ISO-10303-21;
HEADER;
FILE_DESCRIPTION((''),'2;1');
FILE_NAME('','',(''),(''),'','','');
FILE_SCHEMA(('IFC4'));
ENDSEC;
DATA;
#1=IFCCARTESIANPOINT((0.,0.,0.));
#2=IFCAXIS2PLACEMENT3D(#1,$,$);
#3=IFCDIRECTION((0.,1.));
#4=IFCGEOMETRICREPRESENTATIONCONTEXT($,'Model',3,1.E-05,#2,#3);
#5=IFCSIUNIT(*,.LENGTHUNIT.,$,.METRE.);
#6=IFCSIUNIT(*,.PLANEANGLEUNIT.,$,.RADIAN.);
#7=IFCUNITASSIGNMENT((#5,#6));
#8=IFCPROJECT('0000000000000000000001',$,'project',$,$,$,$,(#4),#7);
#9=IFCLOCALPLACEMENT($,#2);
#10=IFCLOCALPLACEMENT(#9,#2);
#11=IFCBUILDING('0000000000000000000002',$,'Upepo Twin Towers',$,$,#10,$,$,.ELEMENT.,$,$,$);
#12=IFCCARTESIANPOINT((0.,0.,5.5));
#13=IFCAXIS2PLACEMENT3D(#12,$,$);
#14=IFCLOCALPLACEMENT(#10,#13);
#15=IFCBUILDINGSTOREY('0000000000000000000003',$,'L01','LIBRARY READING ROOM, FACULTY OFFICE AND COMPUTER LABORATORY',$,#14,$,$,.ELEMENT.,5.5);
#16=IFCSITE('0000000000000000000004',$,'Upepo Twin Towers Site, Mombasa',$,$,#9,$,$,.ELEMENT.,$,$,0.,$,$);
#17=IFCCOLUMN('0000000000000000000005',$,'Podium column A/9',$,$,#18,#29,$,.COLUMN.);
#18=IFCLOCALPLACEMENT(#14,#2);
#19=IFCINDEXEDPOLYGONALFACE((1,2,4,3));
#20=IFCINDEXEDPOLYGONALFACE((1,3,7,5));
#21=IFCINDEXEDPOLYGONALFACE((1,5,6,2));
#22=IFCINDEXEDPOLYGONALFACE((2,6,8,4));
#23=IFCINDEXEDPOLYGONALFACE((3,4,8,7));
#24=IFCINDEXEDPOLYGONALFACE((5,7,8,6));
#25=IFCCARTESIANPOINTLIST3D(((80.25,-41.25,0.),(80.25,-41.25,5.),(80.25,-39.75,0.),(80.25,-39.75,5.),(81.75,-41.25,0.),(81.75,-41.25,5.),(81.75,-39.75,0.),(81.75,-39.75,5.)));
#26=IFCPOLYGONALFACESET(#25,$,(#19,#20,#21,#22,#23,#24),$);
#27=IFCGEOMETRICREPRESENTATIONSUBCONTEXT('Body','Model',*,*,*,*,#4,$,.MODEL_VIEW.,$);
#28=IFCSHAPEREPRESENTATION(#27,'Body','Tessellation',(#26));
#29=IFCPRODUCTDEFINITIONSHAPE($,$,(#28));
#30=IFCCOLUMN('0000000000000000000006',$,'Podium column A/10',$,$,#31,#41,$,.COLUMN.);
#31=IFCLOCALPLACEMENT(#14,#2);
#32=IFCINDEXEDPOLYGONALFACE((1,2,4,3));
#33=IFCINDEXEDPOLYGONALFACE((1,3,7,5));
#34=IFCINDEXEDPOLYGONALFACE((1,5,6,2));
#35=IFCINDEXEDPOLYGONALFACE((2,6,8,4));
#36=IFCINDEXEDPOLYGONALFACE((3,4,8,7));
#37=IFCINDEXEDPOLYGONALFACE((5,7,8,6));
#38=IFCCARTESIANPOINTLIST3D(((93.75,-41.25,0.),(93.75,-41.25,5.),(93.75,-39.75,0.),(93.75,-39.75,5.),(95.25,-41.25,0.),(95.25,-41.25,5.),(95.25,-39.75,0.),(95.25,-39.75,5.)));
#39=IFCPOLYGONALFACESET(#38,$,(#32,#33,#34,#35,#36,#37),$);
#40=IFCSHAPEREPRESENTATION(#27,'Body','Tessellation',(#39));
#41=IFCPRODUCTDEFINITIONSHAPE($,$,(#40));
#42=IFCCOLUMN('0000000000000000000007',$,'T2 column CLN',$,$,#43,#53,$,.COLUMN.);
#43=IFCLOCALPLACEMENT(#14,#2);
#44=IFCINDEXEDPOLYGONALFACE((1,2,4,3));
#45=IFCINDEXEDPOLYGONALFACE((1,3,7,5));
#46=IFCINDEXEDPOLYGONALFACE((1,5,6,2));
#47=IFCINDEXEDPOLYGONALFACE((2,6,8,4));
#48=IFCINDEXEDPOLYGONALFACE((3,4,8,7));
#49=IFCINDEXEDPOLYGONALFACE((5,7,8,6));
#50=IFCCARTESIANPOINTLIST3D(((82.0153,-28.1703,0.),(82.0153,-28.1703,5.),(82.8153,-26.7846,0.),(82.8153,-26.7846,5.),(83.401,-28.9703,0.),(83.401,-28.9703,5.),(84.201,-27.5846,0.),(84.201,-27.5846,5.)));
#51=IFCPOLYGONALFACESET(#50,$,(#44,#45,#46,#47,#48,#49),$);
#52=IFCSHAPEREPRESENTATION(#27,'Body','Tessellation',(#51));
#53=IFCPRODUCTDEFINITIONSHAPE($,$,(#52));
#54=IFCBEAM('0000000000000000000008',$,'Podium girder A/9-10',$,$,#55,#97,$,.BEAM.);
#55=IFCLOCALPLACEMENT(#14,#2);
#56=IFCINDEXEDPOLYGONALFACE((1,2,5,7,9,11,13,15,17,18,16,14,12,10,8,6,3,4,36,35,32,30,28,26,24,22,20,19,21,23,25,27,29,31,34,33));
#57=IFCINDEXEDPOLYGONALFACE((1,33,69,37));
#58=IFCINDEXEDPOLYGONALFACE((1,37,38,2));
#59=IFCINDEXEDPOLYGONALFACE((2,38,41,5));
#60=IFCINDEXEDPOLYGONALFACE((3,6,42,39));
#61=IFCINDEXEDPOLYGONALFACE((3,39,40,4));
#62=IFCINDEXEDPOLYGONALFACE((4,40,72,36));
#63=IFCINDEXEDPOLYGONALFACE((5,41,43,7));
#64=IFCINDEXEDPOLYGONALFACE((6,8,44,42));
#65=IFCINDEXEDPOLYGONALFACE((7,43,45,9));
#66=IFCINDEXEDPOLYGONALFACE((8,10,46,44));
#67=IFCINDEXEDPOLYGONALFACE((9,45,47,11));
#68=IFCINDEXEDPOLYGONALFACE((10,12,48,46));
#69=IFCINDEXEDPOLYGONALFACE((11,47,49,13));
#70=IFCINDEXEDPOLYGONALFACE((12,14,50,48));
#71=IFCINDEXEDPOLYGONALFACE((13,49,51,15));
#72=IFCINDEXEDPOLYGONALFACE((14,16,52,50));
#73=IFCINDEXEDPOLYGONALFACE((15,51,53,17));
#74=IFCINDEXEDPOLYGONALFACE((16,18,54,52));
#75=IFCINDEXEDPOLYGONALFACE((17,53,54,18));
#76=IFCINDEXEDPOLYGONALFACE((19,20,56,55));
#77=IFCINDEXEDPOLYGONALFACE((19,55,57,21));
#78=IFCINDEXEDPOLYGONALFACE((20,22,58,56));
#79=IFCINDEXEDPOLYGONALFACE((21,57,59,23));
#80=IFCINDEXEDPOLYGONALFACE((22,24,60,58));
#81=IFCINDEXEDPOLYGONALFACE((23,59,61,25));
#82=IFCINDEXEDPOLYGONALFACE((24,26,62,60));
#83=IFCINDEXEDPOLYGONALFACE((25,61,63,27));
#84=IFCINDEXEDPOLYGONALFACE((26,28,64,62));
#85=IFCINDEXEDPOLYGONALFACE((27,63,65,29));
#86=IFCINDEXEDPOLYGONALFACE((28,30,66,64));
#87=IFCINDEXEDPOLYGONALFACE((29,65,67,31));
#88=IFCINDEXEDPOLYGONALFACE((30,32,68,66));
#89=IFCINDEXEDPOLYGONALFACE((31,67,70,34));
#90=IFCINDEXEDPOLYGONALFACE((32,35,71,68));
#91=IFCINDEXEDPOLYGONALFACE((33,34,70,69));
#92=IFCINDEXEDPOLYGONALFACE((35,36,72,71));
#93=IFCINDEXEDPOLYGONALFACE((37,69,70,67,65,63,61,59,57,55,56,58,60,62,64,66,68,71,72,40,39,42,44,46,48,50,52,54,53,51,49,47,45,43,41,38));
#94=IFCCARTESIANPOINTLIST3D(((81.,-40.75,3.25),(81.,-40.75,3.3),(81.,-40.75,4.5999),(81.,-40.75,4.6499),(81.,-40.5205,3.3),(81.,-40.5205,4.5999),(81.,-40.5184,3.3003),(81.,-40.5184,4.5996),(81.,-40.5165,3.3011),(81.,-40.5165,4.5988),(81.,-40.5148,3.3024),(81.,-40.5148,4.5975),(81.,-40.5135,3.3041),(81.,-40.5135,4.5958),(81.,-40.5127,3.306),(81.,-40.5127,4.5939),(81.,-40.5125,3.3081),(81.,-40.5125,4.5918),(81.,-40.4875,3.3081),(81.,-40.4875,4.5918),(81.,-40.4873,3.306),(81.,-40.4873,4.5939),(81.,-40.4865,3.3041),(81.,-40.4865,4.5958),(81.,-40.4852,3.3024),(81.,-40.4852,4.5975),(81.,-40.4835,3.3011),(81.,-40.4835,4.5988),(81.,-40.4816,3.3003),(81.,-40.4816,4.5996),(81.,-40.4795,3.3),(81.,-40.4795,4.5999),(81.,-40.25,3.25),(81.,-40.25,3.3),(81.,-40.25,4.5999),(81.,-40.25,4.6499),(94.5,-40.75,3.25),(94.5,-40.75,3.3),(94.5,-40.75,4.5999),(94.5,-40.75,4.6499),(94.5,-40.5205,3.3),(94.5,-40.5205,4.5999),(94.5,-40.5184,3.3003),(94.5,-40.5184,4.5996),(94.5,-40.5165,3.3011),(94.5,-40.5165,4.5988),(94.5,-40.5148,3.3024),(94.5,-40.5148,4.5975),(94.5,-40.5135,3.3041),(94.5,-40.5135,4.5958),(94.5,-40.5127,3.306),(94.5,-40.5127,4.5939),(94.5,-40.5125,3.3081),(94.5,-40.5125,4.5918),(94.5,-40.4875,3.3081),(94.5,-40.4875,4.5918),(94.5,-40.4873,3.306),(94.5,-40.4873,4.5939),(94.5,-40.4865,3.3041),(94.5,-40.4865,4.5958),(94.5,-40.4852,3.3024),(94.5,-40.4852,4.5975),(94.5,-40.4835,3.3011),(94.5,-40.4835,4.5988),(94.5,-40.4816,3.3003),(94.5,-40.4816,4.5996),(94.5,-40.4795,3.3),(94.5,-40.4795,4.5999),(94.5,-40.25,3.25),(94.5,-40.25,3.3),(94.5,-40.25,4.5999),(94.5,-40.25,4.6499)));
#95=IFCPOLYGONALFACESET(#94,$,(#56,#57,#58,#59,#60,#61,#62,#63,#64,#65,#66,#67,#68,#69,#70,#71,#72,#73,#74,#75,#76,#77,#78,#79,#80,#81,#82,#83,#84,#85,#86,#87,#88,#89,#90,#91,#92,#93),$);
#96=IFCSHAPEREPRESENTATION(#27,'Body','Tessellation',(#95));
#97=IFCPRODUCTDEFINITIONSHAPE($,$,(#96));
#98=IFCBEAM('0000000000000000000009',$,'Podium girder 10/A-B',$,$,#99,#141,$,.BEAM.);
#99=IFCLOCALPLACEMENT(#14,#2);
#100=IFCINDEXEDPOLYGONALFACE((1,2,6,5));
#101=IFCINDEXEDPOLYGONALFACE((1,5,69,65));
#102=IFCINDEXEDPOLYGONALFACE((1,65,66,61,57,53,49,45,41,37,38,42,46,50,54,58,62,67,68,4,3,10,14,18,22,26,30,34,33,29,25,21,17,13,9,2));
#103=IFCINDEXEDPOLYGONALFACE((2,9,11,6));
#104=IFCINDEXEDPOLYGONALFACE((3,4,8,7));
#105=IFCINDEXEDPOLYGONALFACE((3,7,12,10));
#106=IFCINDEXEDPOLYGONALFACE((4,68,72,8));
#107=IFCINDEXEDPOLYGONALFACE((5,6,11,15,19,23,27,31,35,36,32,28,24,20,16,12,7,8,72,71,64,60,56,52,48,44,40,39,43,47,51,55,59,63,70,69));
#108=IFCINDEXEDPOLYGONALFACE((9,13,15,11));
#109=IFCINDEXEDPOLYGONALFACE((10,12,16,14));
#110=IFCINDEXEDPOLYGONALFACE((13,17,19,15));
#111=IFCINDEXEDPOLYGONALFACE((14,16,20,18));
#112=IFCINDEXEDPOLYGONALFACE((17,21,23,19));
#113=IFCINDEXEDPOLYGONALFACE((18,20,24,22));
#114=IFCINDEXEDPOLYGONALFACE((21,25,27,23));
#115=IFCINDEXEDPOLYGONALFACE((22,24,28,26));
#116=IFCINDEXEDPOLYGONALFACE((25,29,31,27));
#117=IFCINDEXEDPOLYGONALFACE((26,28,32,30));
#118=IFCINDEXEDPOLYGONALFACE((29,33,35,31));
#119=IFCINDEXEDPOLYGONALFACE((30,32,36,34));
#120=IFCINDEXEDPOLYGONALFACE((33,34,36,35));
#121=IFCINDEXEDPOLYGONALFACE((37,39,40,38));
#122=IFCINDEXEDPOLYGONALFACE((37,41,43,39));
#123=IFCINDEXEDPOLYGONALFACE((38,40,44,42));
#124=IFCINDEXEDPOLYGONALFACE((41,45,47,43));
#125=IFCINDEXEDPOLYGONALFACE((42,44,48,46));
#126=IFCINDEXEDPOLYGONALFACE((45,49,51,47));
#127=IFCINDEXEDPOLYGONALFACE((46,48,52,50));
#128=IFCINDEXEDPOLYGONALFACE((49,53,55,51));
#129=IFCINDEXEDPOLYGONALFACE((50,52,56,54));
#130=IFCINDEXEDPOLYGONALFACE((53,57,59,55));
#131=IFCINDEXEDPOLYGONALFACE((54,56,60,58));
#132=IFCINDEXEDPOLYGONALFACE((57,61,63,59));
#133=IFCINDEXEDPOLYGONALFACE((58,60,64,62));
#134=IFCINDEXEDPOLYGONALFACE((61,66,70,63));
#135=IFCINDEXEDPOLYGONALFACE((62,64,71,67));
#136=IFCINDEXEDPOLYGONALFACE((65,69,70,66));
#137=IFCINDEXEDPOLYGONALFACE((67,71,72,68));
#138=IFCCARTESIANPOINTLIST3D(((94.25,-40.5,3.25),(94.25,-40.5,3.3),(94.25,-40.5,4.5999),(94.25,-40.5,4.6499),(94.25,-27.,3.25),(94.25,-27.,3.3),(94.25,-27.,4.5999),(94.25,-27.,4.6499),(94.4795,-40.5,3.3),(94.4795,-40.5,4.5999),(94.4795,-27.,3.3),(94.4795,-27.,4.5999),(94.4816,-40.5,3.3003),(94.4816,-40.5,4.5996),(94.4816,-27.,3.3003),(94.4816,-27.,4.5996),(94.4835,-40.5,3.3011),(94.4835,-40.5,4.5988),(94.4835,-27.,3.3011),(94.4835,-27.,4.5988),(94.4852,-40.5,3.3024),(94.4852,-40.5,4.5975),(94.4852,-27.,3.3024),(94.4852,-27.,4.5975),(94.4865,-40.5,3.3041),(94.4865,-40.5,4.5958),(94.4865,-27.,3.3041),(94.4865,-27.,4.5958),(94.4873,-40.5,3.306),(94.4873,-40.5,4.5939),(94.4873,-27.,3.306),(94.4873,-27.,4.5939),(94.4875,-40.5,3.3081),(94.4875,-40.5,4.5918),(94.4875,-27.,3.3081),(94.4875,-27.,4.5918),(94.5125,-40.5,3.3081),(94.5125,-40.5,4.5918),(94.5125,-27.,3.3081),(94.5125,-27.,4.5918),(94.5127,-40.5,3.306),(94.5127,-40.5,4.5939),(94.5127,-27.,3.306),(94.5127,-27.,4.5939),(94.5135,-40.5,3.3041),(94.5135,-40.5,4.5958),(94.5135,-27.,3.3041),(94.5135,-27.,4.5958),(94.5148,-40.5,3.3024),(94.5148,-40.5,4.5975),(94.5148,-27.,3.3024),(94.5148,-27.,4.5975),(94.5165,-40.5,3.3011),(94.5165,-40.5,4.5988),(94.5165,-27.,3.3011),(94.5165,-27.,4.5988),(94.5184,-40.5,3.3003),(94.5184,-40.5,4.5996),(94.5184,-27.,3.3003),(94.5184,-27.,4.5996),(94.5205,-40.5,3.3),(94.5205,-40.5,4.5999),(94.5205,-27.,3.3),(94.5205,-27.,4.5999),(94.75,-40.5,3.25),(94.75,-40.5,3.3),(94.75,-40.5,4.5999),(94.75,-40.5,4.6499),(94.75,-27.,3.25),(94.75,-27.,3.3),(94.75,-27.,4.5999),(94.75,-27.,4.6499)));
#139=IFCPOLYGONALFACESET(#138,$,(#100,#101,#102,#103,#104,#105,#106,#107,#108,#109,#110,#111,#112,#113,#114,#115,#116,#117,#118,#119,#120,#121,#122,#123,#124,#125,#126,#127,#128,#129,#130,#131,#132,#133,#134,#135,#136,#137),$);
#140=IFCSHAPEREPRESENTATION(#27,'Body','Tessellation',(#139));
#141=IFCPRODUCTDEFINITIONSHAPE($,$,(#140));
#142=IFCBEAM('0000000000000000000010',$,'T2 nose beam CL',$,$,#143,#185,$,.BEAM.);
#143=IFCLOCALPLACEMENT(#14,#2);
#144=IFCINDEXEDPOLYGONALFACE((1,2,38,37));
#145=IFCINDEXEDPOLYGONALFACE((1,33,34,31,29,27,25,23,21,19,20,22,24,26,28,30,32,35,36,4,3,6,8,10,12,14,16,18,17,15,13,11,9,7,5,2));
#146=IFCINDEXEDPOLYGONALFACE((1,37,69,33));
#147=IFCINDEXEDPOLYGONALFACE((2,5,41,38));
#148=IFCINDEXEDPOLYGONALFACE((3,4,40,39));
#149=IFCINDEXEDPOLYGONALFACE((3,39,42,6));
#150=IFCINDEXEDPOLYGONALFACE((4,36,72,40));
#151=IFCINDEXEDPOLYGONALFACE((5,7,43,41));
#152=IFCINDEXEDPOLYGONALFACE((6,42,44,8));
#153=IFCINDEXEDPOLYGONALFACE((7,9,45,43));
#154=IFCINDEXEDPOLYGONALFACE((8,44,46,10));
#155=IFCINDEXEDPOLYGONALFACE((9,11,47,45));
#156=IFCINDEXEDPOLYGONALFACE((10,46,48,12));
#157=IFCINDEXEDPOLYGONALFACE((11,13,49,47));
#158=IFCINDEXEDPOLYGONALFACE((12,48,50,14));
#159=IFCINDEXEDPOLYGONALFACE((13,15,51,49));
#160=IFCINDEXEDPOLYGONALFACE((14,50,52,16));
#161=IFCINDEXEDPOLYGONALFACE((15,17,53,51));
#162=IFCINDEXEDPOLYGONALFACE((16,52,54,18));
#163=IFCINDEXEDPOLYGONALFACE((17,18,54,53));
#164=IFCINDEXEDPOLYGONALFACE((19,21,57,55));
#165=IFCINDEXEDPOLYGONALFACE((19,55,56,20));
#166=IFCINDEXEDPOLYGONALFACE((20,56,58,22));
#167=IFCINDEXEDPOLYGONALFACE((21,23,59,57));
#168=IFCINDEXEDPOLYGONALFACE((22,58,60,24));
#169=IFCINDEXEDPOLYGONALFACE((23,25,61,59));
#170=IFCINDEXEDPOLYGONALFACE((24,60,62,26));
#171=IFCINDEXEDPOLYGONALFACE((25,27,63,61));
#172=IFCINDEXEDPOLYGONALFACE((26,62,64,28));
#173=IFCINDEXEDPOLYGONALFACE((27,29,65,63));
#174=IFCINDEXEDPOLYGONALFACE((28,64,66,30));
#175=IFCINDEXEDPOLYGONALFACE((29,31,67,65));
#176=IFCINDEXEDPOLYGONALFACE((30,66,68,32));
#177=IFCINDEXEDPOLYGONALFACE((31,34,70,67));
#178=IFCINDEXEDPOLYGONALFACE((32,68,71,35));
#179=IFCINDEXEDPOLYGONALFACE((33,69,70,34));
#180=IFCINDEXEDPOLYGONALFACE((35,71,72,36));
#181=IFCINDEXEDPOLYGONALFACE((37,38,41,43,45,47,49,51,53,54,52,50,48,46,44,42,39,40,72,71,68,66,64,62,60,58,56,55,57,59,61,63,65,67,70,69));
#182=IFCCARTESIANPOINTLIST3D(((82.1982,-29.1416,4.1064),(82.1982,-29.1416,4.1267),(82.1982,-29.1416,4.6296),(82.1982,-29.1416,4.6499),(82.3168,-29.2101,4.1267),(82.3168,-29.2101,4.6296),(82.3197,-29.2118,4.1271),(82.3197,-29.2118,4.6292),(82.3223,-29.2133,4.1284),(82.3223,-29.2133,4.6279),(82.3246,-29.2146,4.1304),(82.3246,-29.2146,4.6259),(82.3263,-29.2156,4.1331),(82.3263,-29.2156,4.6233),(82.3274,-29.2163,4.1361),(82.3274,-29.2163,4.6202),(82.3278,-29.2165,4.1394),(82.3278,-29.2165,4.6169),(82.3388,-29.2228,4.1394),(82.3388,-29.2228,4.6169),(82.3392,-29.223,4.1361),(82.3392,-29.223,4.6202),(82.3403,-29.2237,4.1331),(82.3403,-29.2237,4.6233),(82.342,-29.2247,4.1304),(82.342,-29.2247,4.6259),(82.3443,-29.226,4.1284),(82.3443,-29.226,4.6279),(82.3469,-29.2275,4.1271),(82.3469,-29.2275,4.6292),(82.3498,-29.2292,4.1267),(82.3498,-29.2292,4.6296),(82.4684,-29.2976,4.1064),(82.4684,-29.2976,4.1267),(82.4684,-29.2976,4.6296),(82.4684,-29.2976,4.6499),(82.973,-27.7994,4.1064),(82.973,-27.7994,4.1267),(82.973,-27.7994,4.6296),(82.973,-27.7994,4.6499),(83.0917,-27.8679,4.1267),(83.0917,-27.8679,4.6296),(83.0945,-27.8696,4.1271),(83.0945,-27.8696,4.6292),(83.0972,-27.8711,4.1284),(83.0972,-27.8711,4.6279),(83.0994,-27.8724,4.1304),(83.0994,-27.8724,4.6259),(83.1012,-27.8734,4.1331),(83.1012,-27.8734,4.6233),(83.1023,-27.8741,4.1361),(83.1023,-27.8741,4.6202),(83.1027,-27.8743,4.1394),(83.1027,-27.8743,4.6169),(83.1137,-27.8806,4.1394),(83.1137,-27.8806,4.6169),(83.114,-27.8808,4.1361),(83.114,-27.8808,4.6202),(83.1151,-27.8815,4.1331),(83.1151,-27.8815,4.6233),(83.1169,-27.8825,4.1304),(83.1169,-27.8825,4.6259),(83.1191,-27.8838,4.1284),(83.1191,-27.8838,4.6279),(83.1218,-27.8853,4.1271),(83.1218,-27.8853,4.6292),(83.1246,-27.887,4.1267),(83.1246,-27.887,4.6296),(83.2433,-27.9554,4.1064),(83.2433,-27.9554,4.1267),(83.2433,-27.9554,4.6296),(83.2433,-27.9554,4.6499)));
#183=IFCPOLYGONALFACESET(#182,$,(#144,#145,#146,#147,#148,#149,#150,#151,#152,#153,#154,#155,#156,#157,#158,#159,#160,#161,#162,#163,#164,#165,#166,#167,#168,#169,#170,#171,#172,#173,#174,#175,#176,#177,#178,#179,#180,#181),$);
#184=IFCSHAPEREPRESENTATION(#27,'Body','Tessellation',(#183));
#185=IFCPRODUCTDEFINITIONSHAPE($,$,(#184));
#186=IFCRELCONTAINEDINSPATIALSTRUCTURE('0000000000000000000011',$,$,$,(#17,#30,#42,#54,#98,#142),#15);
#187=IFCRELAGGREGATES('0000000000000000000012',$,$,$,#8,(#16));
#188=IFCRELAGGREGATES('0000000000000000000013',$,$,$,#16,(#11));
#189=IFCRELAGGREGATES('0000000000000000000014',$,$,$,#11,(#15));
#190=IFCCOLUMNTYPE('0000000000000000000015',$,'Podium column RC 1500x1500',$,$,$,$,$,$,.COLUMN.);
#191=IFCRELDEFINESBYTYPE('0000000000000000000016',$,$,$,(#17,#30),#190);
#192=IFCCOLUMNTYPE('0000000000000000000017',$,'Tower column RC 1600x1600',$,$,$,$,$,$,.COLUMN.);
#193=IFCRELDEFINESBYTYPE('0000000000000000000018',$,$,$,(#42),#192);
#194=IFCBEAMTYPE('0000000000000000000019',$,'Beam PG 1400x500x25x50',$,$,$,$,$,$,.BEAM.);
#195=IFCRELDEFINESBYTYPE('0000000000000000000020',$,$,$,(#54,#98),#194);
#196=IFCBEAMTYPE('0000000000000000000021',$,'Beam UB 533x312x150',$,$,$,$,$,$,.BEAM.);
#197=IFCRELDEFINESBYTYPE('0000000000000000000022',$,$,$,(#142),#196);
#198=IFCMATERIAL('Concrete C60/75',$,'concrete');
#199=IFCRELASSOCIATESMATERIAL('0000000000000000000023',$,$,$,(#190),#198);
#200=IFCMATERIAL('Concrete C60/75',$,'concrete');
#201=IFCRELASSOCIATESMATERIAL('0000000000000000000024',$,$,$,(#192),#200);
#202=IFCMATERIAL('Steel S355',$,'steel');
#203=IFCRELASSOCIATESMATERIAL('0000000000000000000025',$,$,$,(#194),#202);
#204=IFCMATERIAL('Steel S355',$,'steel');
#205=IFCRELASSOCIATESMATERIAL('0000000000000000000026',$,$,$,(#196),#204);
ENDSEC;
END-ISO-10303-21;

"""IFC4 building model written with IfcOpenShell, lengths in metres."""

from ifc_helpers import new_model, si_unit, direction, frame, origin, origin_2d, place, context, subcontext, project, spatial, rectangle, i_section, extrude, material, material_profile, profile_set, type_object, element, save


model = new_model("IFC4")

# Units and contexts
model_context = context("Model", 3, precision=1e-05, world=origin(), true_north=direction((0.0, 1.0)))
body_context = subcontext(model_context, "Body", "Model", "MODEL_VIEW")
ifc_project = project(units=[si_unit("LENGTHUNIT", "METRE"), si_unit("PLANEANGLEUNIT", "RADIAN")], contexts=[model_context])

# Site, building, storey
site_placement = place(None, origin())
site = spatial("IfcSite", under=ifc_project, at=site_placement, Name="Upepo Twin Towers Site, Mombasa", CompositionType="ELEMENT", RefElevation=0.0)
building_placement = place(site_placement, origin())
building = spatial("IfcBuilding", under=site, at=building_placement, Name="Upepo Twin Towers", CompositionType="ELEMENT")
storey_placement = place(building_placement, frame((0.0, 0.0, 5.5)))
storey = spatial("IfcBuildingStorey", under=building, at=storey_placement, Name="L01", Description="LIBRARY READING ROOM, FACULTY OFFICE AND COMPUTER LABORATORY", CompositionType="ELEMENT", Elevation=5.5)

# Columns
ifc_material_1 = material(Name="Concrete C60/75", Category="concrete")
ifc_material_profile_1 = material_profile(ifc_material_1, rectangle(XDim=1.5, YDim=1.5, at=origin_2d()), Name="RC 1500x1500")
ifc_profile_set_1 = profile_set([ifc_material_profile_1], Name="Concrete C60/75")
column_type_1 = type_object("IfcColumnType", Name="Podium column RC 1500x1500", PredefinedType="COLUMN", material=ifc_profile_set_1)
for number, where, z_axis, x_axis, name in (
    (1, (81.0, -40.5, 0.0), (0.0, 0.0, 1.0), (1.0, 0.0, 0.0), "Podium column A/9"),
    (2, (94.5, -40.5, 0.0), (0.0, 0.0, 1.0), (1.0, 0.0, 0.0), "Podium column A/10"),
):
    element("IfcColumn", number, at=place(storey_placement, frame(where, z_axis=z_axis, x_axis=x_axis)), inside=storey, type_object=column_type_1, Name=name, PredefinedType="COLUMN", context=body_context, shape_type="SweptSolid", body=[
        extrude(rectangle(XDim=1.5, YDim=1.5, at=origin_2d()), origin(), (0.0, 0.0, 1.0), 5.0),
    ])
ifc_material_2 = material(Name="Concrete C60/75", Category="concrete")
ifc_material_profile_2 = material_profile(ifc_material_2, rectangle(XDim=1.6001, YDim=1.6001, at=origin_2d()), Name="RC 1600x1600")
ifc_profile_set_2 = profile_set([ifc_material_profile_2], Name="Concrete C60/75")
column_type_2 = type_object("IfcColumnType", Name="Tower column RC 1600x1600", PredefinedType="COLUMN", material=ifc_profile_set_2)
column_placement = place(storey_placement, frame((83.1082, -27.8774, 0.0), z_axis=(0.0, 0.0, 1.0), x_axis=(0.5, 0.866025, 0.0)))
element("IfcColumn", 3, at=column_placement, inside=storey, type_object=column_type_2, Name="T2 column CLN", PredefinedType="COLUMN", context=body_context, shape_type="SweptSolid", body=[
    extrude(rectangle(XDim=1.6001, YDim=1.6001, at=origin_2d()), origin(), (0.0, 0.0, 1.0), 5.0),
])

# Beams
ifc_material_3 = material(Name="Steel S355", Category="steel")
ifc_material_profile_3 = material_profile(ifc_material_3, i_section(OverallWidth=0.5, OverallDepth=1.3999, WebThickness=0.0249, FlangeThickness=0.05, FilletRadius=0.0081, at=origin_2d()), Name="PG 1400x500x25x50")
ifc_profile_set_3 = profile_set([ifc_material_profile_3], Name="Steel S355")
beam_type_1 = type_object("IfcBeamType", Name="Beam PG 1400x500x25x50", PredefinedType="BEAM", material=ifc_profile_set_3)
for number, where, z_axis, x_axis, name in (
    (4, (81.0, -40.5, 3.95), (1.0, 0.0, 0.0), (0.0, 1.0, 0.0), "Podium girder A/9-10"),
    (5, (94.5, -40.5, 3.95), (0.0, 1.0, 0.0), (-1.0, 0.0, 0.0), "Podium girder 10/A-B"),
):
    element("IfcBeam", number, at=place(storey_placement, frame(where, z_axis=z_axis, x_axis=x_axis)), inside=storey, type_object=beam_type_1, Name=name, PredefinedType="BEAM", context=body_context, shape_type="SweptSolid", body=[
        extrude(i_section(OverallWidth=0.5, OverallDepth=1.3999, WebThickness=0.0249, FlangeThickness=0.05, FilletRadius=0.0081, at=origin_2d()), origin(), (0.0, 0.0, 1.0), 13.5),
    ])
ifc_material_4 = material(Name="Steel S355", Category="steel")
ifc_material_profile_4 = material_profile(ifc_material_4, i_section(OverallWidth=0.312, OverallDepth=0.5435, WebThickness=0.0127, FlangeThickness=0.0203, FilletRadius=0.0127, at=origin_2d()), Name="UB 533x312x150")
ifc_profile_set_4 = profile_set([ifc_material_profile_4], Name="Steel S355")
beam_type_2 = type_object("IfcBeamType", Name="Beam UB 533x312x150", PredefinedType="BEAM", material=ifc_profile_set_4)
beam_placement = place(storey_placement, frame((83.1082, -27.8774, 4.3782), z_axis=(-0.499968, -0.866044, 0.0), x_axis=(0.866044, -0.499968, 0.0)))
element("IfcBeam", 6, at=beam_placement, inside=storey, type_object=beam_type_2, Name="T2 nose beam CL", PredefinedType="BEAM", context=body_context, shape_type="SweptSolid", body=[
    extrude(i_section(OverallWidth=0.312, OverallDepth=0.5435, WebThickness=0.0127, FlangeThickness=0.0203, FilletRadius=0.0127, at=origin_2d()), origin(), (0.0, 0.0, 1.0), 1.5498),
])

save(model, "model.ifc")
